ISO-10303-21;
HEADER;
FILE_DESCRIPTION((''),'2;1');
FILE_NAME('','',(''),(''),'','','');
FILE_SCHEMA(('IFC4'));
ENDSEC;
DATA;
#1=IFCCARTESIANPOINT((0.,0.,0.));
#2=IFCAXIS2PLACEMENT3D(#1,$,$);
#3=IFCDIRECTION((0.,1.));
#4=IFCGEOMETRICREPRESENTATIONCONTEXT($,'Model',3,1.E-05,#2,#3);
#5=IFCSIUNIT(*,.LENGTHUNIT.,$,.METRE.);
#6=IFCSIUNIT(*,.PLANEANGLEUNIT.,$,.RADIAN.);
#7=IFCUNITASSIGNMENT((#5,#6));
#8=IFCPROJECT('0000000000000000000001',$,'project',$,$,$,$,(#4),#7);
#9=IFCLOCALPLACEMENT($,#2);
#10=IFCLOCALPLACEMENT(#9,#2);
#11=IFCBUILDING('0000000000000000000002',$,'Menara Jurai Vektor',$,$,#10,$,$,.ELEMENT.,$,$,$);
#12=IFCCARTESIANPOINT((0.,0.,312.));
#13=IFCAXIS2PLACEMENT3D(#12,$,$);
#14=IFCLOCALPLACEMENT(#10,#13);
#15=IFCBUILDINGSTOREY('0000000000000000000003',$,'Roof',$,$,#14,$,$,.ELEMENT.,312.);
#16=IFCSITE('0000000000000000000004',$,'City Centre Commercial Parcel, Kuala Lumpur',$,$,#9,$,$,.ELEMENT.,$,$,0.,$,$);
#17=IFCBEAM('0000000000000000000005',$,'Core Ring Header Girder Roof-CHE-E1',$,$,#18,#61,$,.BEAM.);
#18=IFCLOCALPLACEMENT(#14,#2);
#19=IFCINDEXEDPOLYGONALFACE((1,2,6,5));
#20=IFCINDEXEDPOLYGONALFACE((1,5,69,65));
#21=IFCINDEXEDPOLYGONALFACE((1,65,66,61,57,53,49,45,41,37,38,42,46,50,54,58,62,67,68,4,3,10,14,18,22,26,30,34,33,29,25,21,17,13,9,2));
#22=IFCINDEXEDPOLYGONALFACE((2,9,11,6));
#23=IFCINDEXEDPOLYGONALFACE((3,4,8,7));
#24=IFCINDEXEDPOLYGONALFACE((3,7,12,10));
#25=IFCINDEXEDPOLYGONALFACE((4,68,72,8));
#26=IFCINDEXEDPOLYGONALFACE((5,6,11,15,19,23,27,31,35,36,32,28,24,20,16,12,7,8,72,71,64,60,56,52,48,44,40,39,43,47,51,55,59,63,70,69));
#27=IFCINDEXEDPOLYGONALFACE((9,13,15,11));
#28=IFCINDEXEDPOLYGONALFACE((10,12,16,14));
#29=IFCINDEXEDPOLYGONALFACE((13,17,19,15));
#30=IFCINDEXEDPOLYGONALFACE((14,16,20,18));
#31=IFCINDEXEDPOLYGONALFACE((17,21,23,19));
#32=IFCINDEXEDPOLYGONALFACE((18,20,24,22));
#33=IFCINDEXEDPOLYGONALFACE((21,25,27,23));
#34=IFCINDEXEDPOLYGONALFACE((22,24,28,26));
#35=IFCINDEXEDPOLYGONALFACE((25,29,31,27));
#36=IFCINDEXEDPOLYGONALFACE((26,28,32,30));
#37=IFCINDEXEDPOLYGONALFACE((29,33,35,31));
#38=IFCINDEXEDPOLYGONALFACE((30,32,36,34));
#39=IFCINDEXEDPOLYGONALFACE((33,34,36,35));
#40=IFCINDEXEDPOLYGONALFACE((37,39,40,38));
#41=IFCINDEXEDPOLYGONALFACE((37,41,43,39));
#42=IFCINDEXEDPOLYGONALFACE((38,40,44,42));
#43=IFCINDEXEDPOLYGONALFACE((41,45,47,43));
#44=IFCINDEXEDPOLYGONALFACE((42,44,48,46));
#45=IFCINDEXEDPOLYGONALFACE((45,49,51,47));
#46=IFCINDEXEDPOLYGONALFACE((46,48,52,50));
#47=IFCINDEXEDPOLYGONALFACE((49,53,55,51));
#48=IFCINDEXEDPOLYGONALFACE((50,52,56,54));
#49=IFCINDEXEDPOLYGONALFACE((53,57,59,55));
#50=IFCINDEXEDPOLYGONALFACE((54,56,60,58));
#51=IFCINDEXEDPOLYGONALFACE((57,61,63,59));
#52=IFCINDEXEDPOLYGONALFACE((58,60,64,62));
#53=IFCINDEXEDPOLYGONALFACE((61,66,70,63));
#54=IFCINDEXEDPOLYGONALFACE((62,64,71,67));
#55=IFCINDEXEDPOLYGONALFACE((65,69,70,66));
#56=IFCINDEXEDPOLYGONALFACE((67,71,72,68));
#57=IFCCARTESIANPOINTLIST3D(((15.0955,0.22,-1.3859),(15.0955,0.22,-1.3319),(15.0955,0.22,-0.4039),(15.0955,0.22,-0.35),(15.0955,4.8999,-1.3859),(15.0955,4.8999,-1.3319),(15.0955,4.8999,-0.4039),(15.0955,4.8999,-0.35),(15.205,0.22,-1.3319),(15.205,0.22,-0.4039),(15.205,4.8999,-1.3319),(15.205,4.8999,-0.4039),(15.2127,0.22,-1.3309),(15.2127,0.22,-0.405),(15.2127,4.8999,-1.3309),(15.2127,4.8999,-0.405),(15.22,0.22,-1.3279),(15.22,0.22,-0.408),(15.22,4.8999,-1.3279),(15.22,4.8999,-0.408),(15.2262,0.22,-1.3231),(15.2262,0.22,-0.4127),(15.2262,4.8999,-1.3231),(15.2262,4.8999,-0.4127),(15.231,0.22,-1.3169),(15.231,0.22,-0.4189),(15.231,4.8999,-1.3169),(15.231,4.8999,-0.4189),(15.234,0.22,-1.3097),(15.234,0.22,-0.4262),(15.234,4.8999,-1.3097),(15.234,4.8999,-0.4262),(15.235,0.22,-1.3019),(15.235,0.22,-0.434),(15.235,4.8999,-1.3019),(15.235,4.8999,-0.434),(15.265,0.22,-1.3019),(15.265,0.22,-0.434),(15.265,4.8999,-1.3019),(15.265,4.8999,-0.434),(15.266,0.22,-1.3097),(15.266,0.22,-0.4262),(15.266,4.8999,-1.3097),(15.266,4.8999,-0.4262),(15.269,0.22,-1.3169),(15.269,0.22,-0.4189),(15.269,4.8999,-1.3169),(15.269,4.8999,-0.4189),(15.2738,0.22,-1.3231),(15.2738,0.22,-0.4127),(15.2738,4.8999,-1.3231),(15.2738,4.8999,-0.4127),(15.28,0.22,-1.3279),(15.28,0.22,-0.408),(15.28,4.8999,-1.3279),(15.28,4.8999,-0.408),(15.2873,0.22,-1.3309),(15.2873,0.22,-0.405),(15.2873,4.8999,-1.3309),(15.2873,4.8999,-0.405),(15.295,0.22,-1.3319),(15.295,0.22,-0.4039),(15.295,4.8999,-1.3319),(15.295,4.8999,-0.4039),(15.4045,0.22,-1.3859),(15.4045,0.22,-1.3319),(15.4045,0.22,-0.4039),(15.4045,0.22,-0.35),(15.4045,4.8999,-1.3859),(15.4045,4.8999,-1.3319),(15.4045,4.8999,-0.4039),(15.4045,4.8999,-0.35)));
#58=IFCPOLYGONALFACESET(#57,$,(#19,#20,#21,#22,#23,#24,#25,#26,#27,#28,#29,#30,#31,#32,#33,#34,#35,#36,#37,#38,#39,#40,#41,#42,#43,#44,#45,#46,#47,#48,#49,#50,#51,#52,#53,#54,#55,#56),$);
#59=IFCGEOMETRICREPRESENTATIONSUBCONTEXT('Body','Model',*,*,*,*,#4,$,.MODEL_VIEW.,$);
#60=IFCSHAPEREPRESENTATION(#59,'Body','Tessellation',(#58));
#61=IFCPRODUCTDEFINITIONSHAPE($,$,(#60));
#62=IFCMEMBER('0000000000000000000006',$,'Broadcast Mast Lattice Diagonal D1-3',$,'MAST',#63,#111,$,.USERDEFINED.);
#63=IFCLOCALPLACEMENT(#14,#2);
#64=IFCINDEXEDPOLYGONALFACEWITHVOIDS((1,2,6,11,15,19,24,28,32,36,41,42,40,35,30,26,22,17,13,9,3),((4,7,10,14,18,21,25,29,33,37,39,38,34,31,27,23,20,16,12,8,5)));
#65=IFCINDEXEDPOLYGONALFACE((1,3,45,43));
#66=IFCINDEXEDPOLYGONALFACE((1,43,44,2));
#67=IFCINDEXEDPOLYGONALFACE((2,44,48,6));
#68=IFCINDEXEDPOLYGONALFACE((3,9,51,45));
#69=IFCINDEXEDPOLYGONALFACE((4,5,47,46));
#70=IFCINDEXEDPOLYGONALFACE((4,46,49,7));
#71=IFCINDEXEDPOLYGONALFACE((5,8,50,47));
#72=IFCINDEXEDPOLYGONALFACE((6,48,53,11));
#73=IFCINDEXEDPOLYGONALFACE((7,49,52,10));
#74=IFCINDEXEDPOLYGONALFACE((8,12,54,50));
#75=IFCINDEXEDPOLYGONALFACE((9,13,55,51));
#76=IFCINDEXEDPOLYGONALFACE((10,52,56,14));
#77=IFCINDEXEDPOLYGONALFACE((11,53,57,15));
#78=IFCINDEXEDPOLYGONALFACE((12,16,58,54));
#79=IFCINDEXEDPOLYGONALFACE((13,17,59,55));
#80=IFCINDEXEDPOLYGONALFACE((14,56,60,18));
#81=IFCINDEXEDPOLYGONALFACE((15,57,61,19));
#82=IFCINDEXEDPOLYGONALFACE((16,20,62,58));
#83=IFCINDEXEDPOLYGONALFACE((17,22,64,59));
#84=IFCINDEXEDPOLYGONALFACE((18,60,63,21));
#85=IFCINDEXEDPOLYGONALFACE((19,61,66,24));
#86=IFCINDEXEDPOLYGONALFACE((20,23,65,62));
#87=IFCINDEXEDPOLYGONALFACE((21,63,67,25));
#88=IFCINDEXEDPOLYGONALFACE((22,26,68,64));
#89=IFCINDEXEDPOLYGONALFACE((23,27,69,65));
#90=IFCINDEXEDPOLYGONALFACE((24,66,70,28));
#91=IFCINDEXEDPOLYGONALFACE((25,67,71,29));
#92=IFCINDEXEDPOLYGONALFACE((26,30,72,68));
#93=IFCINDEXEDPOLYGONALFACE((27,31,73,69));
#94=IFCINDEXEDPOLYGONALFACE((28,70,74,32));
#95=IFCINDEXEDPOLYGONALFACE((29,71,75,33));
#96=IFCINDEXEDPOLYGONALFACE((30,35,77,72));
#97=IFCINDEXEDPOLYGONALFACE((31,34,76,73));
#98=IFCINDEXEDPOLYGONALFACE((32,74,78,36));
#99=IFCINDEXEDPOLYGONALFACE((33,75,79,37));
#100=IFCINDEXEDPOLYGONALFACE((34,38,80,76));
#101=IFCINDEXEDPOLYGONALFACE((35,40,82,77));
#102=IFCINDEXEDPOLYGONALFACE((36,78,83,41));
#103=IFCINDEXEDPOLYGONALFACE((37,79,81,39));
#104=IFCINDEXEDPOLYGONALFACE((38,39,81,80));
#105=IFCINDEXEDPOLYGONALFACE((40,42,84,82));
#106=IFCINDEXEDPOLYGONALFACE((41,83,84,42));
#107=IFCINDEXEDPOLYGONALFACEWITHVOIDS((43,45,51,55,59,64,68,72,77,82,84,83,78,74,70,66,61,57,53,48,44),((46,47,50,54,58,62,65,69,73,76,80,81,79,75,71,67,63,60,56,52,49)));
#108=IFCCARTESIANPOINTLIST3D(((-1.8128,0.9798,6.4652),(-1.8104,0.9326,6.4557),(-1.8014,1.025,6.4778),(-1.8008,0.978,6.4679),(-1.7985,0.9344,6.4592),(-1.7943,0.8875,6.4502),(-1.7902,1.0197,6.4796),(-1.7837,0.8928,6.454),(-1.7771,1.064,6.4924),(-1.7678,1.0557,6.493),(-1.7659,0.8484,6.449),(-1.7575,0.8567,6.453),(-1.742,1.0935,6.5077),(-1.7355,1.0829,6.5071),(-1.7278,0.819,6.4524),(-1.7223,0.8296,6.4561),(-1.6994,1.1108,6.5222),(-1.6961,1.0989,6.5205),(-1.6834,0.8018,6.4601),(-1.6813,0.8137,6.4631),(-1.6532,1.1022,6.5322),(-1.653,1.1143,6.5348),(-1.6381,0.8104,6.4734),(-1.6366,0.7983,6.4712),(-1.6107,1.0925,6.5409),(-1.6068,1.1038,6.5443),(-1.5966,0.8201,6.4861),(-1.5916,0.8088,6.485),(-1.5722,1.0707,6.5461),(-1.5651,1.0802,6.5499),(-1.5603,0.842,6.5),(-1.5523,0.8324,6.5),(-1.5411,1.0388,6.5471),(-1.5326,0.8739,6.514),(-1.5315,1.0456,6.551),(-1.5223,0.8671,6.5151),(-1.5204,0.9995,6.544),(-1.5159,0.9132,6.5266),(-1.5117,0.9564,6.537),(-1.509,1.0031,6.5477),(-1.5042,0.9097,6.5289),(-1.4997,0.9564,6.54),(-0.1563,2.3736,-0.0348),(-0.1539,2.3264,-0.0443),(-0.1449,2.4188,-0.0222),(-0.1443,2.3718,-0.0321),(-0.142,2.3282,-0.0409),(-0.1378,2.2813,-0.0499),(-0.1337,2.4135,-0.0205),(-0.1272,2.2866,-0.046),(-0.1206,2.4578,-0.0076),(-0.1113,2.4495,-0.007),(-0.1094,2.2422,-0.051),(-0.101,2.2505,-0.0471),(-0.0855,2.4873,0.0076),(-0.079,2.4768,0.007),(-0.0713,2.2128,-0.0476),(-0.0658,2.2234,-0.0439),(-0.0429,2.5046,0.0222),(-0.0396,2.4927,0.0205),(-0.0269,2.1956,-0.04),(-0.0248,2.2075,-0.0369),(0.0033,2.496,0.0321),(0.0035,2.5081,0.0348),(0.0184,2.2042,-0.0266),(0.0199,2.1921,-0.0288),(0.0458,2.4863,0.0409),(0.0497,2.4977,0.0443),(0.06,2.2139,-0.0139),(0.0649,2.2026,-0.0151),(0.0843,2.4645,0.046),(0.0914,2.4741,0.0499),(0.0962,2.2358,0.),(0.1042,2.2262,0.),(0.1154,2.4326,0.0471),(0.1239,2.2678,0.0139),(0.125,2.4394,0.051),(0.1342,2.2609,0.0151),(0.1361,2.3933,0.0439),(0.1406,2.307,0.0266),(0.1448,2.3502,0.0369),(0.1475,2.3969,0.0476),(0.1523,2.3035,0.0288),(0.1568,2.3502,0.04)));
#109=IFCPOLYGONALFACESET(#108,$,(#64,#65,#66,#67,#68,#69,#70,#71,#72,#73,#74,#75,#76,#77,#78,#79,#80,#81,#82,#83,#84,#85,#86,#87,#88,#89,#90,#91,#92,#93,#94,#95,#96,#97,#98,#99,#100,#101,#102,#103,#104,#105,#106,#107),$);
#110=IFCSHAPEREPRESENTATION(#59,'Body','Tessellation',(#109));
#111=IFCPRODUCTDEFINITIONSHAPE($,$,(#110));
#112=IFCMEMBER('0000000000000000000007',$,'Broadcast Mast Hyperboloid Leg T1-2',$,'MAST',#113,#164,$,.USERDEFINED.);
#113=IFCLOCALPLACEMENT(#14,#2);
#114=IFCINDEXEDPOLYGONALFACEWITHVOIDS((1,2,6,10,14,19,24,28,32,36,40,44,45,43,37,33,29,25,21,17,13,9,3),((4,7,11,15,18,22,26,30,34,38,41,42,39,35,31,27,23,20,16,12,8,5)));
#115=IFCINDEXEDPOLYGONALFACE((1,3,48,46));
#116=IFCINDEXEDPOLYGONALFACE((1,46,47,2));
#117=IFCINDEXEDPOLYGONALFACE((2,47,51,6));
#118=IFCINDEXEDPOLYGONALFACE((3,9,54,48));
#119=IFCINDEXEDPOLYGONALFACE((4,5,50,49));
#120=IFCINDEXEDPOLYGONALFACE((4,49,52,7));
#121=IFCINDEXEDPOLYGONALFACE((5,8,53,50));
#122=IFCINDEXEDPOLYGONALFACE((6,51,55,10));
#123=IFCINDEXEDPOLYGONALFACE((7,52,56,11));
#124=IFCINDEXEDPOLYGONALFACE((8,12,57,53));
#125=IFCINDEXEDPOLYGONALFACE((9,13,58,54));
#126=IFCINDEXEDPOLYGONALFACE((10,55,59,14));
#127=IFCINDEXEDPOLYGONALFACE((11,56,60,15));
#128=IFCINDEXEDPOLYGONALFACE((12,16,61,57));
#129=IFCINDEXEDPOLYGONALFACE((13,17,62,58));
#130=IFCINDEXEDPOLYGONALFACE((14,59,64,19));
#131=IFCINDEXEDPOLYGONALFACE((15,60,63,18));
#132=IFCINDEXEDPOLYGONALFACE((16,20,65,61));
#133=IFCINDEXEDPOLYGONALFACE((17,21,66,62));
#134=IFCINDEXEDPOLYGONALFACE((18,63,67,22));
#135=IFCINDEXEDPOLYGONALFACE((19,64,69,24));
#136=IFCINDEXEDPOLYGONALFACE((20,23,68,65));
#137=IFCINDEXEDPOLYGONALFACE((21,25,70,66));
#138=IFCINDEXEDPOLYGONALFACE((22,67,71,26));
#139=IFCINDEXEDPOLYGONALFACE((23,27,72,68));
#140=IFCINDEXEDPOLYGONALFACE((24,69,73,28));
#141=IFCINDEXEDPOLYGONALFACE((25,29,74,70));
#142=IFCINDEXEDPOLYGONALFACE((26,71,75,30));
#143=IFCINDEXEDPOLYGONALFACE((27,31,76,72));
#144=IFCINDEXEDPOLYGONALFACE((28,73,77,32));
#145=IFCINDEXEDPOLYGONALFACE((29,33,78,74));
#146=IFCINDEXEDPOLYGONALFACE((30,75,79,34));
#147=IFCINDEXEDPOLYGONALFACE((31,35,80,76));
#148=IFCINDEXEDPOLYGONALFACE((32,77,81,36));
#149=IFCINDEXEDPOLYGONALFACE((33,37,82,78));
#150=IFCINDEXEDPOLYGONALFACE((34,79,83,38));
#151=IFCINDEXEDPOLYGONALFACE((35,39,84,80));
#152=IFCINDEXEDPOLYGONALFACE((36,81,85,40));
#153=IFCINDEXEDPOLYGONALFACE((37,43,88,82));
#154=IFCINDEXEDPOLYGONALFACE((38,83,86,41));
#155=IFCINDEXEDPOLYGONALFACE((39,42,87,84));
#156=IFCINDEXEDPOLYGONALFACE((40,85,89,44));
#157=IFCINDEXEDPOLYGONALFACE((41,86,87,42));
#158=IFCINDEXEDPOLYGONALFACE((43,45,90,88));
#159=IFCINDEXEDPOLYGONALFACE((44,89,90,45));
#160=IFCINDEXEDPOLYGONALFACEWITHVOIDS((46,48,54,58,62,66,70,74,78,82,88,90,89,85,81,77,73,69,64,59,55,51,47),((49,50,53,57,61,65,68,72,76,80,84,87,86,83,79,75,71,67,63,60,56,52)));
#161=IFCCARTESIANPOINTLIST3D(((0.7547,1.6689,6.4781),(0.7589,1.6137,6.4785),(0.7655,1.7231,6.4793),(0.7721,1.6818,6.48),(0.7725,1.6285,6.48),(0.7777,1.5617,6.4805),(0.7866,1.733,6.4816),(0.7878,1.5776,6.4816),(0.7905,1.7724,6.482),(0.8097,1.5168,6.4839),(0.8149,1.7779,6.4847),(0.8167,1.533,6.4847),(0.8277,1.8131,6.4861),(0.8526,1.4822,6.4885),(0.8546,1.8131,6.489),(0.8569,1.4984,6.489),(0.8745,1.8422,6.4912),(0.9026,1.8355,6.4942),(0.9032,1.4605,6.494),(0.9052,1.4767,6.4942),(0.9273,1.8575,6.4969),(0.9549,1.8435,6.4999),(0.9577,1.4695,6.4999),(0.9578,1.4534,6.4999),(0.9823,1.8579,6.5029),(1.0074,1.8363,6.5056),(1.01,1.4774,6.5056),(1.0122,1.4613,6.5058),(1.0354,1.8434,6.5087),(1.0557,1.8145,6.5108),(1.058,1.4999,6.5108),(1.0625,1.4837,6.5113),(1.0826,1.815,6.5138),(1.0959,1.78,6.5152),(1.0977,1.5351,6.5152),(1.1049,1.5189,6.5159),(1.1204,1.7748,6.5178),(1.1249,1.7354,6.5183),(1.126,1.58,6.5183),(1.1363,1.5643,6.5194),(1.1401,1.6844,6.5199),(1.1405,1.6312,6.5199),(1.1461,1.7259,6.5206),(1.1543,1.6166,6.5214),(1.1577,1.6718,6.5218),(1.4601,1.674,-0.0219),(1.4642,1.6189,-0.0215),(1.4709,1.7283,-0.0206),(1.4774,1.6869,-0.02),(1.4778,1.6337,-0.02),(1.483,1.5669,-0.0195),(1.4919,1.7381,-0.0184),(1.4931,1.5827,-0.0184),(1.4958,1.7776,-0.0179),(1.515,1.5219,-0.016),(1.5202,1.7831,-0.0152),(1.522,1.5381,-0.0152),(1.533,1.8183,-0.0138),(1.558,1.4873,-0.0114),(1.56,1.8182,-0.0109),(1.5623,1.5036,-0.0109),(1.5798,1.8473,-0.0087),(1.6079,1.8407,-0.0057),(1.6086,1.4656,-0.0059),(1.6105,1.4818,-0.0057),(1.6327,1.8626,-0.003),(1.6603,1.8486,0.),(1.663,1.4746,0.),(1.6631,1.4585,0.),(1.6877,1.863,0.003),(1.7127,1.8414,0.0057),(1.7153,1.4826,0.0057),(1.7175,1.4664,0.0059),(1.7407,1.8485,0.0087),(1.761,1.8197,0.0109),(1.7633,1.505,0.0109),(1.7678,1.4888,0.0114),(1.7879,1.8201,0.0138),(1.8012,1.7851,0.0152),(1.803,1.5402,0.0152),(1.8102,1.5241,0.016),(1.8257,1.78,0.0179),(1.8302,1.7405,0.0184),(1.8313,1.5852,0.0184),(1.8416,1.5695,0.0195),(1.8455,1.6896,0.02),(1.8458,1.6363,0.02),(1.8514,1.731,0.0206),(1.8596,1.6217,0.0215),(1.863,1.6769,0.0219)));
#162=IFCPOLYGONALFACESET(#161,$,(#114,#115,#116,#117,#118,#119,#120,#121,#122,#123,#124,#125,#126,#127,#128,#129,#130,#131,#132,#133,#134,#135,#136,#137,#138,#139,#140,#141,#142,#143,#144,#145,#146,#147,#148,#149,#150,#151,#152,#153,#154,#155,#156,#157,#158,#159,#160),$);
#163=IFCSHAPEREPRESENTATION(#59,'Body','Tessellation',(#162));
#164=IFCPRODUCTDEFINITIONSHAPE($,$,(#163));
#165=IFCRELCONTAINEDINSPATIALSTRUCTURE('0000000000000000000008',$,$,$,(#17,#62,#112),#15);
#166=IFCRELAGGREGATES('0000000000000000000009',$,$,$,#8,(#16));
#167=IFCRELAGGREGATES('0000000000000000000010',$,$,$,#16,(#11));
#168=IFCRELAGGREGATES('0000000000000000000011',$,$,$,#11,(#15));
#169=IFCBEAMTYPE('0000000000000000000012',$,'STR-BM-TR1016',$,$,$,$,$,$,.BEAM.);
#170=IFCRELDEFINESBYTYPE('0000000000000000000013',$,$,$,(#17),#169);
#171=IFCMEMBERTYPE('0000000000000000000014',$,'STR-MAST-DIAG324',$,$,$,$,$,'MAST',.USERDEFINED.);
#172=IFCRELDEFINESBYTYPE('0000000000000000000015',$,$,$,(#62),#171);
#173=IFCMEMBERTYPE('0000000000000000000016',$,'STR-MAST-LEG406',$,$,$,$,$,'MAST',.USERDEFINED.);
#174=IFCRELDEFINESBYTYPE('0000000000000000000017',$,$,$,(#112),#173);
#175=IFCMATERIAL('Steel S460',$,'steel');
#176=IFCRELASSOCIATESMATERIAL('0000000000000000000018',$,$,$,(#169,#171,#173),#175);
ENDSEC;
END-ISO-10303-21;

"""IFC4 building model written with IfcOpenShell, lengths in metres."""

from ifc_helpers import new_model, si_unit, direction, frame, origin, origin_2d, place, context, subcontext, project, spatial, hollow_circle, i_section, extrude, material, material_profile, profile_set, type_object, element, save


model = new_model("IFC4")

# Units and contexts
model_context = context("Model", 3, precision=1e-05, world=origin(), true_north=direction((0.0, 1.0)))
body_context = subcontext(model_context, "Body", "Model", "MODEL_VIEW")
ifc_project = project(units=[si_unit("LENGTHUNIT", "METRE"), si_unit("PLANEANGLEUNIT", "RADIAN")], contexts=[model_context])

# Site, building, storey
site_placement = place(None, origin())
site = spatial("IfcSite", under=ifc_project, at=site_placement, Name="City Centre Commercial Parcel, Kuala Lumpur", CompositionType="ELEMENT", RefElevation=0.0)
building_placement = place(site_placement, origin())
building = spatial("IfcBuilding", under=site, at=building_placement, Name="Menara Jurai Vektor", CompositionType="ELEMENT")
storey_placement = place(building_placement, frame((0.0, 0.0, 312.0)))
storey = spatial("IfcBuildingStorey", under=building, at=storey_placement, Name="Roof", CompositionType="ELEMENT", Elevation=312.0)

# Shared definitions
ifc_material_1 = material(Name="Steel S460", Category="steel")

# Beam
ifc_material_profile_1 = material_profile(ifc_material_1, i_section(OverallWidth=0.3091, OverallDepth=1.0359, WebThickness=0.03, FlangeThickness=0.054, FilletRadius=0.03, at=origin_2d()), Name="UKB 1016x305x487")
ifc_profile_set_1 = profile_set([ifc_material_profile_1], Name="Steel S460")
beam_type_1 = type_object("IfcBeamType", Name="STR-BM-TR1016", PredefinedType="BEAM", material=ifc_profile_set_1)
beam_1_placement = place(storey_placement, frame((15.25, 0.22, -0.8679), z_axis=(0.0, 1.0, 0.0), x_axis=(-1.0, 0.0, 0.0)))
element("IfcBeam", 1, at=beam_1_placement, inside=storey, type_object=beam_type_1, Name="Core Ring Header Girder Roof-CHE-E1", PredefinedType="BEAM", context=body_context, shape_type="SweptSolid", body=[
    extrude(i_section(OverallWidth=0.3091, OverallDepth=1.0359, WebThickness=0.03, FlangeThickness=0.054, FilletRadius=0.03, at=origin_2d()), origin(), (0.0, 0.0, 1.0), 4.6799),
])

# Members
ifc_material_profile_2 = material_profile(ifc_material_1, hollow_circle(Radius=0.1619, WallThickness=0.0125, at=origin_2d()), Name="CHS 323.9x12.5")
ifc_profile_set_2 = profile_set([ifc_material_profile_2], Name="Steel S460")
member_type_1 = type_object("IfcMemberType", Name="STR-MAST-DIAG324", ElementType="MAST", PredefinedType="USERDEFINED", material=ifc_profile_set_2)
member_1_placement = place(storey_placement, frame((0.0, 2.3501, 0.0), z_axis=(-0.241788, -0.203444, 0.948762), x_axis=(0.643827, -0.765171, 0.0)))
element("IfcMember", 2, at=member_1_placement, inside=storey, type_object=member_type_1, Name="Broadcast Mast Lattice Diagonal D1-3", ObjectType="MAST", PredefinedType="USERDEFINED", context=body_context, shape_type="SweptSolid", body=[
    extrude(hollow_circle(Radius=0.1619, WallThickness=0.0125, at=origin_2d()), origin(), (0.0, 0.0, 1.0), 6.8511),
])
ifc_material_profile_3 = material_profile(ifc_material_1, hollow_circle(Radius=0.2031, WallThickness=0.0161, at=origin_2d()), Name="CHS 406.4x16")
ifc_profile_set_3 = profile_set([ifc_material_profile_3], Name="Steel S460")
member_type_2 = type_object("IfcMemberType", Name="STR-MAST-LEG406", ElementType="MAST", PredefinedType="USERDEFINED", material=ifc_profile_set_3)
for number, where, z_axis, x_axis, name in (
    (3, (1.6616, 1.6616, 0.0), (-0.107878, -0.000784, 0.994164), (0.007269, -0.999974, 0.0), "Broadcast Mast Hyperboloid Leg T1-2"),
):
    element("IfcMember", number, at=place(storey_placement, frame(where, z_axis=z_axis, x_axis=x_axis)), inside=storey, type_object=member_type_2, Name=name, ObjectType="MAST", PredefinedType="USERDEFINED", context=body_context, shape_type="SweptSolid", body=[
        extrude(hollow_circle(Radius=0.2031, WallThickness=0.0161, at=origin_2d()), origin(), (0.0, 0.0, 1.0), 6.5381),
    ])

save(model, "model.ifc")
